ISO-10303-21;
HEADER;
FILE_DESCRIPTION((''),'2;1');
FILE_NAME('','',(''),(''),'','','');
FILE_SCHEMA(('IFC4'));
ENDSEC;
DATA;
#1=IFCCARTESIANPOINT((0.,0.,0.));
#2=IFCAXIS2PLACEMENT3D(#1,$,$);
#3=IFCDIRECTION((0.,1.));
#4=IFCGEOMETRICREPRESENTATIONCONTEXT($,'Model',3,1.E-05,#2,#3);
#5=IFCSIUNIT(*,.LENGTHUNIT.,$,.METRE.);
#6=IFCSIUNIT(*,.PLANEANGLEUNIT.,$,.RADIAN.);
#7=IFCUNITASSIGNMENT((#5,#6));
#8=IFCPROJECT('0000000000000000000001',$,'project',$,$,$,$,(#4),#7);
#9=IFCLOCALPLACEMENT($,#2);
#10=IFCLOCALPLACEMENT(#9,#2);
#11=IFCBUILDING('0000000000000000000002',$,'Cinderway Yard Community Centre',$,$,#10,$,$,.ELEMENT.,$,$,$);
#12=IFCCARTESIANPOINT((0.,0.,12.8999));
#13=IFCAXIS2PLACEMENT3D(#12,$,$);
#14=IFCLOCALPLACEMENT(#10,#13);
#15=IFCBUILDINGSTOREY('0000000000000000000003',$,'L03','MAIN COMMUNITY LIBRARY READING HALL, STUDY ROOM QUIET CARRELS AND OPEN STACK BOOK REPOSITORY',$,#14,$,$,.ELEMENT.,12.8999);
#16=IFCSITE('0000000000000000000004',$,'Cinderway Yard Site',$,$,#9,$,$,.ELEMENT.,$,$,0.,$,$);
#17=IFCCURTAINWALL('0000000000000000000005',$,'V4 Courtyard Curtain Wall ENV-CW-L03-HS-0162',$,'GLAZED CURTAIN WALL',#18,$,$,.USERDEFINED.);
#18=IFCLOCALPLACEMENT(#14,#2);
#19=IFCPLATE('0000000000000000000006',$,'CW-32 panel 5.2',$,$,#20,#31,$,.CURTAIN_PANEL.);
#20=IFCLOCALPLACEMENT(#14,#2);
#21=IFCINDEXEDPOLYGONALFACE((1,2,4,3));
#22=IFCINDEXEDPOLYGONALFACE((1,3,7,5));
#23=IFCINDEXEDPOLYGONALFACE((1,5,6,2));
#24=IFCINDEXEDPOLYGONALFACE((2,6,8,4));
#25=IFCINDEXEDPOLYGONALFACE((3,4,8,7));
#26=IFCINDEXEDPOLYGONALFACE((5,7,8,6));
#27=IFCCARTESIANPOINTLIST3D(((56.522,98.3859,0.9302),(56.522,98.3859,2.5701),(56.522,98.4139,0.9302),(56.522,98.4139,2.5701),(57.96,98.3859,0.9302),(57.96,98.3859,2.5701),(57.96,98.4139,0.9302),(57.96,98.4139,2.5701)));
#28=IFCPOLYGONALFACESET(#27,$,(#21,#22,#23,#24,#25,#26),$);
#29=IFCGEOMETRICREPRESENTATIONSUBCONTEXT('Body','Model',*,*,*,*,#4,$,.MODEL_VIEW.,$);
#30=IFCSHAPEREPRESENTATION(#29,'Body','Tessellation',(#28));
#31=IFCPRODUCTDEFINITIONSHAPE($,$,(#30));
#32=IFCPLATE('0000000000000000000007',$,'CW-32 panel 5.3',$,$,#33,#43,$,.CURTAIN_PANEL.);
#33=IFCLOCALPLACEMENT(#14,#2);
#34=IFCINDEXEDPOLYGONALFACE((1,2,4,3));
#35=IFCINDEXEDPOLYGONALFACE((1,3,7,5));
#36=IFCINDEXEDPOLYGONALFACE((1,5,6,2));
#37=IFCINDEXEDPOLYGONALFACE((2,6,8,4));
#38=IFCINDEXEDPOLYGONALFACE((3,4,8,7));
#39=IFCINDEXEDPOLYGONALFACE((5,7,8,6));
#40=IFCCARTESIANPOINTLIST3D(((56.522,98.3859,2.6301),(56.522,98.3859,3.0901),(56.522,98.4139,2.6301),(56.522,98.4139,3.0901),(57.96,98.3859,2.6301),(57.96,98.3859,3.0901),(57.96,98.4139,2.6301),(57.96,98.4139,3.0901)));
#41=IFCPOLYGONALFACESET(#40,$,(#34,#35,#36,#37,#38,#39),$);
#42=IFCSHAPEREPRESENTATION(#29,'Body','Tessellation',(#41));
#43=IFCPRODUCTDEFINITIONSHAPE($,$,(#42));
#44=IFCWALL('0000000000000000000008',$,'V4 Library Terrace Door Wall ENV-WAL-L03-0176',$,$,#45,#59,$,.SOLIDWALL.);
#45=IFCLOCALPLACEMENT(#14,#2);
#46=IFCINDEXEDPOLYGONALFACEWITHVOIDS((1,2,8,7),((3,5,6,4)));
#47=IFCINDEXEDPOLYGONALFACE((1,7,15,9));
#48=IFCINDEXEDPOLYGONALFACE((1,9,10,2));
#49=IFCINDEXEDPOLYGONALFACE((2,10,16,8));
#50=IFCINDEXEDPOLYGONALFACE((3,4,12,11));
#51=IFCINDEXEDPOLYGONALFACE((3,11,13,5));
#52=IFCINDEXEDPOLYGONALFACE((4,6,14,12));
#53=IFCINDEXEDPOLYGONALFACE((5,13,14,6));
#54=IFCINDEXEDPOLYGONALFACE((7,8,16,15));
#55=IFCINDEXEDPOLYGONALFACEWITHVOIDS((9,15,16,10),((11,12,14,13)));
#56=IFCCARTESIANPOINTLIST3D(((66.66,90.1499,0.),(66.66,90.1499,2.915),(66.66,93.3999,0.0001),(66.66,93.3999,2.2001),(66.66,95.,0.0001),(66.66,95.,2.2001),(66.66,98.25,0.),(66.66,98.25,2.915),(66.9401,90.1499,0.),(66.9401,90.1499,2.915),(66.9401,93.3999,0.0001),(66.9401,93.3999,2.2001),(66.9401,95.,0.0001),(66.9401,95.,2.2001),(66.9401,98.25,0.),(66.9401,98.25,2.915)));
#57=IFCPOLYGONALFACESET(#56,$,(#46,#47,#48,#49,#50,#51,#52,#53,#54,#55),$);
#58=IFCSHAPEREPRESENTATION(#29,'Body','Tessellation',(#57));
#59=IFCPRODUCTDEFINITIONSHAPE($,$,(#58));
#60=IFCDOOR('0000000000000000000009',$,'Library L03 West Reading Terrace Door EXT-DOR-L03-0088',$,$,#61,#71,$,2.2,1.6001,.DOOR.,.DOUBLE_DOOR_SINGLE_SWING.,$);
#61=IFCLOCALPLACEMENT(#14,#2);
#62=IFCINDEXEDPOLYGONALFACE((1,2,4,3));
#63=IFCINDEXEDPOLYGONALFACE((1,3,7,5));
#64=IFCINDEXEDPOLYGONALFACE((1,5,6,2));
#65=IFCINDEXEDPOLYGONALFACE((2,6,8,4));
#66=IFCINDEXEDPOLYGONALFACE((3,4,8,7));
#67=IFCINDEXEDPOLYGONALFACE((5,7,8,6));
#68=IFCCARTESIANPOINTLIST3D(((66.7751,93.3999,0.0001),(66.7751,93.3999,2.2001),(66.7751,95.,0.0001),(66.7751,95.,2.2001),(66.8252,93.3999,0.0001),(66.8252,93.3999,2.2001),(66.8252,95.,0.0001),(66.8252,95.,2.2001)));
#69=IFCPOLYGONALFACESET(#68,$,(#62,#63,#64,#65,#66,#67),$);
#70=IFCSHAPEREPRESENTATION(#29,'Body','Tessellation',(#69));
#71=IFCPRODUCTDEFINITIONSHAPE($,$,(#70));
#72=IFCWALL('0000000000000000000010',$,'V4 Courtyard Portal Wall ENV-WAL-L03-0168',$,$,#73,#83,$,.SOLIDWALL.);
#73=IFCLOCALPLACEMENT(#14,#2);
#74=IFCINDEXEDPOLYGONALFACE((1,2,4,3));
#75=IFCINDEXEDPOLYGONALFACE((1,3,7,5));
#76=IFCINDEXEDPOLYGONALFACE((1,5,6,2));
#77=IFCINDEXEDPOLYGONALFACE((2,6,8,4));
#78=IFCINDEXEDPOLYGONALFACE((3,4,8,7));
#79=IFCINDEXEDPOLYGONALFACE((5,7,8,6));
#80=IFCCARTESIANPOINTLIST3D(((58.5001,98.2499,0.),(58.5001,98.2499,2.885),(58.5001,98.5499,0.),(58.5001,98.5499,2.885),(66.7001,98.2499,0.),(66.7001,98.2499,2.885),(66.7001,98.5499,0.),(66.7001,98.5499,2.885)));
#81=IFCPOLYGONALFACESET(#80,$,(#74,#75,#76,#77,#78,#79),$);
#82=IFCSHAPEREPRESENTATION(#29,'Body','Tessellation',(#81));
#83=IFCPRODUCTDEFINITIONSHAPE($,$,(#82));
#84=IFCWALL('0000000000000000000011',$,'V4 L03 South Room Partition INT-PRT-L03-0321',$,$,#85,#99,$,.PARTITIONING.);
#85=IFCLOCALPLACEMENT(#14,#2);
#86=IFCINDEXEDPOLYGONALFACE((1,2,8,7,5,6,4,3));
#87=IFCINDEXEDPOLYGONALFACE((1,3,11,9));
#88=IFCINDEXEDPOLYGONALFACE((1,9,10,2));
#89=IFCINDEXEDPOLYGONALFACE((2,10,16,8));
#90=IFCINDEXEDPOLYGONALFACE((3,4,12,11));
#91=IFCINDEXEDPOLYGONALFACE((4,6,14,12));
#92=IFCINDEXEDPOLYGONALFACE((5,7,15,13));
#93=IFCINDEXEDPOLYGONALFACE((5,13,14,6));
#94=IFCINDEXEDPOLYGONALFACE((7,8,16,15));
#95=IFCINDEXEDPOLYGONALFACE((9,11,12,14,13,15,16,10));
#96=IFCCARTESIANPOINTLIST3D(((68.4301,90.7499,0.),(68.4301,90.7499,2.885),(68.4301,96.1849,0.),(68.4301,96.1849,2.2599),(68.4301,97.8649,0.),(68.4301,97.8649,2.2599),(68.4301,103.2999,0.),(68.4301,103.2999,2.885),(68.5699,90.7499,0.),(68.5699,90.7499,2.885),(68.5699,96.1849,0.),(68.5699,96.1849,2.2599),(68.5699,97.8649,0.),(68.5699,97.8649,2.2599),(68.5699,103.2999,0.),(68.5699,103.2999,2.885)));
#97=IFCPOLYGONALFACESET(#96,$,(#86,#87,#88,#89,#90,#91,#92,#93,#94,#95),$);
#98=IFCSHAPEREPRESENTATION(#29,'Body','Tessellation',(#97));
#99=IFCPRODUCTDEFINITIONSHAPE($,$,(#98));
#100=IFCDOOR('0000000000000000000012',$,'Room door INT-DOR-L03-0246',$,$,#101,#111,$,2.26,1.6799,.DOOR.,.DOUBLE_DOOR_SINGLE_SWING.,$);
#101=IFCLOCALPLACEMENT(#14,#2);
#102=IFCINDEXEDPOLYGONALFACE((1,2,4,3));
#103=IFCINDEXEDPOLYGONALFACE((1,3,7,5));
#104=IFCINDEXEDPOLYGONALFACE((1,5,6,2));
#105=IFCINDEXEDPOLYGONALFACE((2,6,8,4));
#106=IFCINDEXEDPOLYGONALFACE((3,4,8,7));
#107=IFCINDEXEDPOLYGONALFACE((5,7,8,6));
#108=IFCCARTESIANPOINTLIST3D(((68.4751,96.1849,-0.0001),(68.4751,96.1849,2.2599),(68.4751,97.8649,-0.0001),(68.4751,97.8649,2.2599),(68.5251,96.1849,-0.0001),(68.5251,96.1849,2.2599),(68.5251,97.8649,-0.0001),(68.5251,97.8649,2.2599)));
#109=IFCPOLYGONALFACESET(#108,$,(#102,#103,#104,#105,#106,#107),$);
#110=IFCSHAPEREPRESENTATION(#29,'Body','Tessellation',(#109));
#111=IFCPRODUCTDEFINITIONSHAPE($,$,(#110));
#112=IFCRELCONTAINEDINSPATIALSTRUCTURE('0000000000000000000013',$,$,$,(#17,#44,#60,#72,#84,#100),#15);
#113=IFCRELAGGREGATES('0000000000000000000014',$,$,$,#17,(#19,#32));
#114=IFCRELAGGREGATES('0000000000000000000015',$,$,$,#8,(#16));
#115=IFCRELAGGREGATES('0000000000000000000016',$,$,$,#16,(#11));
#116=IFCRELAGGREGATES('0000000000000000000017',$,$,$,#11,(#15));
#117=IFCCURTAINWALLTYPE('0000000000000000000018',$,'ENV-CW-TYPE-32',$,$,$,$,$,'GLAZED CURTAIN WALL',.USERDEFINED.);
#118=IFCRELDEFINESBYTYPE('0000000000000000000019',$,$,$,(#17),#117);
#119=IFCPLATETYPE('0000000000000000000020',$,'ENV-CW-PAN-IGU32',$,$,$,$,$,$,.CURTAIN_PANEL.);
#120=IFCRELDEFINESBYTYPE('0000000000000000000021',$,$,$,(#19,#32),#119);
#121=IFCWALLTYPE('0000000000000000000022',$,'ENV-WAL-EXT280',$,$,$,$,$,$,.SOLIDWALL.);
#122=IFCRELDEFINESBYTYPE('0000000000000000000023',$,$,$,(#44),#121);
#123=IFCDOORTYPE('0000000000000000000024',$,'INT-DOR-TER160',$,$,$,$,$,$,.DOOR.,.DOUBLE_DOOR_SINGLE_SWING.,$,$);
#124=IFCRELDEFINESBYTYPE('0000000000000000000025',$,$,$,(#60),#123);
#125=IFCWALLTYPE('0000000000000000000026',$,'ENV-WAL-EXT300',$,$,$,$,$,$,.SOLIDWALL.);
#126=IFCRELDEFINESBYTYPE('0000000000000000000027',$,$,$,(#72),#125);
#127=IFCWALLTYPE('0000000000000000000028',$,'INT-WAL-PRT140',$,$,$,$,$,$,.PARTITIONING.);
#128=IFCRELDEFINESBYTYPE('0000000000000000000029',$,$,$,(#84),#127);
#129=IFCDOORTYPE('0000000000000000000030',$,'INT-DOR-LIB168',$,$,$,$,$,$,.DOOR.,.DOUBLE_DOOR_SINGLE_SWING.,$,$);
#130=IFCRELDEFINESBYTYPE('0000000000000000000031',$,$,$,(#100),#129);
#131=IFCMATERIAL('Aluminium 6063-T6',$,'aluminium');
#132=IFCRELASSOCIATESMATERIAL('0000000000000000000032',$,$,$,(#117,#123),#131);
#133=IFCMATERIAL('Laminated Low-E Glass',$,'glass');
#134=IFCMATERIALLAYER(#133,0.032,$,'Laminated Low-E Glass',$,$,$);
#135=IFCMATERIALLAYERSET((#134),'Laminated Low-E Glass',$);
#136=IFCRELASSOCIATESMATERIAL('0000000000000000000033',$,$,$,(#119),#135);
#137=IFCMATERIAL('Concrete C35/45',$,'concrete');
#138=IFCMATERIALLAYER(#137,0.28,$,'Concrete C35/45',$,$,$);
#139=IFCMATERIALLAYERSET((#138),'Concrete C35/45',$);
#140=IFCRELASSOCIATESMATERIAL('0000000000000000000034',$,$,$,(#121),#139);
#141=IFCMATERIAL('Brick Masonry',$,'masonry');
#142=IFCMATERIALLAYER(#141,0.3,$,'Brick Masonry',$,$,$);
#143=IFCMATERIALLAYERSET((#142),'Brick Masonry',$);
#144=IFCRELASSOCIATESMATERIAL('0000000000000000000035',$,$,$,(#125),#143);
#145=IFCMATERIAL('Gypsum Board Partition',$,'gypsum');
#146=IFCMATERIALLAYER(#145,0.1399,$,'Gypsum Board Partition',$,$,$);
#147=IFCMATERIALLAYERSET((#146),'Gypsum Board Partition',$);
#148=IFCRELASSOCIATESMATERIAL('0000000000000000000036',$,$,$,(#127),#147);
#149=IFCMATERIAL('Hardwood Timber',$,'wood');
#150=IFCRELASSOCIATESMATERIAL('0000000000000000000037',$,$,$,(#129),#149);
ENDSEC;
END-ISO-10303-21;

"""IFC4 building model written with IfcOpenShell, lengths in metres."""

from ifc_helpers import new_model, si_unit, direction, frame, frame_2d, origin, origin_2d, place, context, subcontext, project, spatial, rectangle, extrude, material, layer, layer_set, type_object, element, fill, aggregate, save


model = new_model("IFC4")

# Units and contexts
model_context = context("Model", 3, precision=1e-05, world=origin(), true_north=direction((0.0, 1.0)))
body_context = subcontext(model_context, "Body", "Model", "MODEL_VIEW")
ifc_project = project(units=[si_unit("LENGTHUNIT", "METRE"), si_unit("PLANEANGLEUNIT", "RADIAN")], contexts=[model_context])

# Site, building, storey
site_placement = place(None, origin())
site = spatial("IfcSite", under=ifc_project, at=site_placement, Name="Cinderway Yard Site", CompositionType="ELEMENT", RefElevation=0.0)
building_placement = place(site_placement, origin())
building = spatial("IfcBuilding", under=site, at=building_placement, Name="Cinderway Yard Community Centre", CompositionType="ELEMENT")
storey_placement = place(building_placement, frame((0.0, 0.0, 12.8999)))
storey = spatial("IfcBuildingStorey", under=building, at=storey_placement, Name="L03", Description="MAIN COMMUNITY LIBRARY READING HALL, STUDY ROOM QUIET CARRELS AND OPEN STACK BOOK REPOSITORY", CompositionType="ELEMENT", Elevation=12.8999)

# Curtain wall
ifc_material_1 = material(Name="Aluminium 6063-T6", Category="aluminium")
curtain_wall_type = type_object("IfcCurtainWallType", Name="ENV-CW-TYPE-32", ElementType="GLAZED CURTAIN WALL", PredefinedType="USERDEFINED", material=ifc_material_1)
curtain_wall_placement = place(storey_placement, origin())
curtain_wall = element("IfcCurtainWall", 1, at=curtain_wall_placement, inside=storey, type_object=curtain_wall_type, Name="V4 Courtyard Curtain Wall ENV-CW-L03-HS-0162", ObjectType="GLAZED CURTAIN WALL", PredefinedType="USERDEFINED")

# Shared definitions
ifc_material_2 = material(Name="Concrete C35/45", Category="concrete")

# Plates
ifc_material_3 = material(Name="Laminated Low-E Glass", Category="glass")
ifc_layer_1 = layer(ifc_material_3, 0.032, Name="Laminated Low-E Glass")
ifc_layer_set_1 = layer_set([ifc_layer_1], Name="Laminated Low-E Glass")
plate_type = type_object("IfcPlateType", Name="ENV-CW-PAN-IGU32", PredefinedType="CURTAIN_PANEL", material=ifc_layer_set_1)
plate_1_placement = place(storey_placement, frame((57.241, 98.3999, 0.9302), z_axis=(0.0, 0.0, 1.0), x_axis=(1.0, 0.0, 0.0)))
plate_1 = element("IfcPlate", 2, at=plate_1_placement, type_object=plate_type, Name="CW-32 panel 5.2", PredefinedType="CURTAIN_PANEL", context=body_context, shape_type="SweptSolid", body=[
    extrude(rectangle(XDim=1.438, YDim=0.0281, at=origin_2d()), origin(), (0.0, 0.0, 1.0), 1.6399),
])
plate_2_placement = place(storey_placement, frame((57.241, 98.3999, 2.6301), z_axis=(0.0, 0.0, 1.0), x_axis=(1.0, 0.0, 0.0)))
plate_2 = element("IfcPlate", 3, at=plate_2_placement, type_object=plate_type, Name="CW-32 panel 5.3", PredefinedType="CURTAIN_PANEL", context=body_context, shape_type="SweptSolid", body=[
    extrude(rectangle(XDim=1.438, YDim=0.0281, at=origin_2d()), origin(), (0.0, 0.0, 1.0), 0.46),
])
aggregate(curtain_wall, [plate_1, plate_2])

# Wall, opening, door
ifc_layer_2 = layer(ifc_material_2, 0.28, Name="Concrete C35/45")
ifc_layer_set_2 = layer_set([ifc_layer_2], Name="Concrete C35/45")
wall_type_1 = type_object("IfcWallType", Name="ENV-WAL-EXT280", PredefinedType="SOLIDWALL", material=ifc_layer_set_2)
wall_1_placement = place(storey_placement, frame((66.8, 90.1499, 0.0), z_axis=(0.0, 0.0, 1.0), x_axis=(0.0, 1.0, 0.0)))
wall_1 = element("IfcWall", 4, at=wall_1_placement, inside=storey, type_object=wall_type_1, Name="V4 Library Terrace Door Wall ENV-WAL-L03-0176", PredefinedType="SOLIDWALL", context=body_context, shape_type="SweptSolid", body=[
    extrude(rectangle(XDim=8.1001, YDim=0.28, at=frame_2d((4.05, 0.0))), origin(), (0.0, 0.0, 1.0), 2.915),
])
opening_1_placement = place(wall_1_placement, frame((3.25, 0.0, 0.0)))
opening_1 = element("IfcOpeningElement", 5, at=opening_1_placement, cuts=wall_1, PredefinedType="OPENING", context=body_context, shape_type="SweptSolid", body=[
    extrude(rectangle(XDim=1.6001, YDim=2.2, at=frame_2d((0.8, 1.1001))), frame((0.0, 0.1499, 0.0), z_axis=(0.0, -1.0, 0.0), x_axis=(1.0, 0.0, 0.0)), (0.0, 0.0, 1.0), 0.3),
])
door_type_1 = type_object("IfcDoorType", Name="INT-DOR-TER160", OperationType="DOUBLE_DOOR_SINGLE_SWING", PredefinedType="DOOR", material=ifc_material_1)
door_1_placement = place(opening_1_placement, origin())
door_1 = element("IfcDoor", 6, at=door_1_placement, inside=storey, type_object=door_type_1, Name="Library L03 West Reading Terrace Door EXT-DOR-L03-0088", OperationType="DOUBLE_DOOR_SINGLE_SWING", OverallHeight=2.2, OverallWidth=1.6001, PredefinedType="DOOR", context=body_context, shape_type="SweptSolid", body=[
    extrude(rectangle(XDim=1.6001, YDim=2.2, at=frame_2d((0.8, 1.1001))), frame((0.0, 0.0249, 0.0), z_axis=(0.0, -1.0, 0.0), x_axis=(1.0, 0.0, 0.0)), (0.0, 0.0, 1.0), 0.05),
])
fill(opening_1, door_1)

# Wall
ifc_material_4 = material(Name="Brick Masonry", Category="masonry")
ifc_layer_3 = layer(ifc_material_4, 0.3, Name="Brick Masonry")
ifc_layer_set_3 = layer_set([ifc_layer_3], Name="Brick Masonry")
wall_type_2 = type_object("IfcWallType", Name="ENV-WAL-EXT300", PredefinedType="SOLIDWALL", material=ifc_layer_set_3)
wall_2_placement = place(storey_placement, frame((58.5, 98.3999, 0.0), z_axis=(0.0, 0.0, 1.0), x_axis=(1.0, 0.0, 0.0)))
element("IfcWall", 7, at=wall_2_placement, inside=storey, type_object=wall_type_2, Name="V4 Courtyard Portal Wall ENV-WAL-L03-0168", PredefinedType="SOLIDWALL", context=body_context, shape_type="SweptSolid", body=[
    extrude(rectangle(XDim=8.2, YDim=0.3, at=frame_2d((4.1001, 0.0))), origin(), (0.0, 0.0, 1.0), 2.885),
])

# Wall, opening, door
ifc_material_5 = material(Name="Gypsum Board Partition", Category="gypsum")
ifc_layer_4 = layer(ifc_material_5, 0.1399, Name="Gypsum Board Partition")
ifc_layer_set_4 = layer_set([ifc_layer_4], Name="Gypsum Board Partition")
wall_type_3 = type_object("IfcWallType", Name="INT-WAL-PRT140", PredefinedType="PARTITIONING", material=ifc_layer_set_4)
wall_3_placement = place(storey_placement, frame((68.5, 90.75, 0.0), z_axis=(0.0, 0.0, 1.0), x_axis=(0.0, 1.0, 0.0)))
wall_3 = element("IfcWall", 8, at=wall_3_placement, inside=storey, type_object=wall_type_3, Name="V4 L03 South Room Partition INT-PRT-L03-0321", PredefinedType="PARTITIONING", context=body_context, shape_type="SweptSolid", body=[
    extrude(rectangle(XDim=12.55, YDim=0.1399, at=frame_2d((6.2749, 0.0))), origin(), (0.0, 0.0, 1.0), 2.885),
])
opening_2_placement = place(wall_3_placement, frame((5.4351, 0.0, 0.0)))
opening_2 = element("IfcOpeningElement", 9, at=opening_2_placement, cuts=wall_3, PredefinedType="OPENING", context=body_context, shape_type="SweptSolid", body=[
    extrude(rectangle(XDim=1.6799, YDim=2.26, at=frame_2d((0.8398, 1.1299))), frame((0.0, 0.0798, 0.0), z_axis=(0.0, -1.0, 0.0), x_axis=(1.0, 0.0, 0.0)), (0.0, 0.0, 1.0), 0.1599),
])
ifc_material_6 = material(Name="Hardwood Timber", Category="wood")
door_type_2 = type_object("IfcDoorType", Name="INT-DOR-LIB168", OperationType="DOUBLE_DOOR_SINGLE_SWING", PredefinedType="DOOR", material=ifc_material_6)
door_2_placement = place(opening_2_placement, origin())
door_2 = element("IfcDoor", 10, at=door_2_placement, inside=storey, type_object=door_type_2, Name="Room door INT-DOR-L03-0246", OperationType="DOUBLE_DOOR_SINGLE_SWING", OverallHeight=2.26, OverallWidth=1.6799, PredefinedType="DOOR", context=body_context, shape_type="SweptSolid", body=[
    extrude(rectangle(XDim=1.6799, YDim=2.26, at=frame_2d((0.8398, 1.1299))), frame((0.0, 0.0249, 0.0), z_axis=(0.0, -1.0, 0.0), x_axis=(1.0, 0.0, 0.0)), (0.0, 0.0, 1.0), 0.05),
])
fill(opening_2, door_2)

save(model, "model.ifc")
